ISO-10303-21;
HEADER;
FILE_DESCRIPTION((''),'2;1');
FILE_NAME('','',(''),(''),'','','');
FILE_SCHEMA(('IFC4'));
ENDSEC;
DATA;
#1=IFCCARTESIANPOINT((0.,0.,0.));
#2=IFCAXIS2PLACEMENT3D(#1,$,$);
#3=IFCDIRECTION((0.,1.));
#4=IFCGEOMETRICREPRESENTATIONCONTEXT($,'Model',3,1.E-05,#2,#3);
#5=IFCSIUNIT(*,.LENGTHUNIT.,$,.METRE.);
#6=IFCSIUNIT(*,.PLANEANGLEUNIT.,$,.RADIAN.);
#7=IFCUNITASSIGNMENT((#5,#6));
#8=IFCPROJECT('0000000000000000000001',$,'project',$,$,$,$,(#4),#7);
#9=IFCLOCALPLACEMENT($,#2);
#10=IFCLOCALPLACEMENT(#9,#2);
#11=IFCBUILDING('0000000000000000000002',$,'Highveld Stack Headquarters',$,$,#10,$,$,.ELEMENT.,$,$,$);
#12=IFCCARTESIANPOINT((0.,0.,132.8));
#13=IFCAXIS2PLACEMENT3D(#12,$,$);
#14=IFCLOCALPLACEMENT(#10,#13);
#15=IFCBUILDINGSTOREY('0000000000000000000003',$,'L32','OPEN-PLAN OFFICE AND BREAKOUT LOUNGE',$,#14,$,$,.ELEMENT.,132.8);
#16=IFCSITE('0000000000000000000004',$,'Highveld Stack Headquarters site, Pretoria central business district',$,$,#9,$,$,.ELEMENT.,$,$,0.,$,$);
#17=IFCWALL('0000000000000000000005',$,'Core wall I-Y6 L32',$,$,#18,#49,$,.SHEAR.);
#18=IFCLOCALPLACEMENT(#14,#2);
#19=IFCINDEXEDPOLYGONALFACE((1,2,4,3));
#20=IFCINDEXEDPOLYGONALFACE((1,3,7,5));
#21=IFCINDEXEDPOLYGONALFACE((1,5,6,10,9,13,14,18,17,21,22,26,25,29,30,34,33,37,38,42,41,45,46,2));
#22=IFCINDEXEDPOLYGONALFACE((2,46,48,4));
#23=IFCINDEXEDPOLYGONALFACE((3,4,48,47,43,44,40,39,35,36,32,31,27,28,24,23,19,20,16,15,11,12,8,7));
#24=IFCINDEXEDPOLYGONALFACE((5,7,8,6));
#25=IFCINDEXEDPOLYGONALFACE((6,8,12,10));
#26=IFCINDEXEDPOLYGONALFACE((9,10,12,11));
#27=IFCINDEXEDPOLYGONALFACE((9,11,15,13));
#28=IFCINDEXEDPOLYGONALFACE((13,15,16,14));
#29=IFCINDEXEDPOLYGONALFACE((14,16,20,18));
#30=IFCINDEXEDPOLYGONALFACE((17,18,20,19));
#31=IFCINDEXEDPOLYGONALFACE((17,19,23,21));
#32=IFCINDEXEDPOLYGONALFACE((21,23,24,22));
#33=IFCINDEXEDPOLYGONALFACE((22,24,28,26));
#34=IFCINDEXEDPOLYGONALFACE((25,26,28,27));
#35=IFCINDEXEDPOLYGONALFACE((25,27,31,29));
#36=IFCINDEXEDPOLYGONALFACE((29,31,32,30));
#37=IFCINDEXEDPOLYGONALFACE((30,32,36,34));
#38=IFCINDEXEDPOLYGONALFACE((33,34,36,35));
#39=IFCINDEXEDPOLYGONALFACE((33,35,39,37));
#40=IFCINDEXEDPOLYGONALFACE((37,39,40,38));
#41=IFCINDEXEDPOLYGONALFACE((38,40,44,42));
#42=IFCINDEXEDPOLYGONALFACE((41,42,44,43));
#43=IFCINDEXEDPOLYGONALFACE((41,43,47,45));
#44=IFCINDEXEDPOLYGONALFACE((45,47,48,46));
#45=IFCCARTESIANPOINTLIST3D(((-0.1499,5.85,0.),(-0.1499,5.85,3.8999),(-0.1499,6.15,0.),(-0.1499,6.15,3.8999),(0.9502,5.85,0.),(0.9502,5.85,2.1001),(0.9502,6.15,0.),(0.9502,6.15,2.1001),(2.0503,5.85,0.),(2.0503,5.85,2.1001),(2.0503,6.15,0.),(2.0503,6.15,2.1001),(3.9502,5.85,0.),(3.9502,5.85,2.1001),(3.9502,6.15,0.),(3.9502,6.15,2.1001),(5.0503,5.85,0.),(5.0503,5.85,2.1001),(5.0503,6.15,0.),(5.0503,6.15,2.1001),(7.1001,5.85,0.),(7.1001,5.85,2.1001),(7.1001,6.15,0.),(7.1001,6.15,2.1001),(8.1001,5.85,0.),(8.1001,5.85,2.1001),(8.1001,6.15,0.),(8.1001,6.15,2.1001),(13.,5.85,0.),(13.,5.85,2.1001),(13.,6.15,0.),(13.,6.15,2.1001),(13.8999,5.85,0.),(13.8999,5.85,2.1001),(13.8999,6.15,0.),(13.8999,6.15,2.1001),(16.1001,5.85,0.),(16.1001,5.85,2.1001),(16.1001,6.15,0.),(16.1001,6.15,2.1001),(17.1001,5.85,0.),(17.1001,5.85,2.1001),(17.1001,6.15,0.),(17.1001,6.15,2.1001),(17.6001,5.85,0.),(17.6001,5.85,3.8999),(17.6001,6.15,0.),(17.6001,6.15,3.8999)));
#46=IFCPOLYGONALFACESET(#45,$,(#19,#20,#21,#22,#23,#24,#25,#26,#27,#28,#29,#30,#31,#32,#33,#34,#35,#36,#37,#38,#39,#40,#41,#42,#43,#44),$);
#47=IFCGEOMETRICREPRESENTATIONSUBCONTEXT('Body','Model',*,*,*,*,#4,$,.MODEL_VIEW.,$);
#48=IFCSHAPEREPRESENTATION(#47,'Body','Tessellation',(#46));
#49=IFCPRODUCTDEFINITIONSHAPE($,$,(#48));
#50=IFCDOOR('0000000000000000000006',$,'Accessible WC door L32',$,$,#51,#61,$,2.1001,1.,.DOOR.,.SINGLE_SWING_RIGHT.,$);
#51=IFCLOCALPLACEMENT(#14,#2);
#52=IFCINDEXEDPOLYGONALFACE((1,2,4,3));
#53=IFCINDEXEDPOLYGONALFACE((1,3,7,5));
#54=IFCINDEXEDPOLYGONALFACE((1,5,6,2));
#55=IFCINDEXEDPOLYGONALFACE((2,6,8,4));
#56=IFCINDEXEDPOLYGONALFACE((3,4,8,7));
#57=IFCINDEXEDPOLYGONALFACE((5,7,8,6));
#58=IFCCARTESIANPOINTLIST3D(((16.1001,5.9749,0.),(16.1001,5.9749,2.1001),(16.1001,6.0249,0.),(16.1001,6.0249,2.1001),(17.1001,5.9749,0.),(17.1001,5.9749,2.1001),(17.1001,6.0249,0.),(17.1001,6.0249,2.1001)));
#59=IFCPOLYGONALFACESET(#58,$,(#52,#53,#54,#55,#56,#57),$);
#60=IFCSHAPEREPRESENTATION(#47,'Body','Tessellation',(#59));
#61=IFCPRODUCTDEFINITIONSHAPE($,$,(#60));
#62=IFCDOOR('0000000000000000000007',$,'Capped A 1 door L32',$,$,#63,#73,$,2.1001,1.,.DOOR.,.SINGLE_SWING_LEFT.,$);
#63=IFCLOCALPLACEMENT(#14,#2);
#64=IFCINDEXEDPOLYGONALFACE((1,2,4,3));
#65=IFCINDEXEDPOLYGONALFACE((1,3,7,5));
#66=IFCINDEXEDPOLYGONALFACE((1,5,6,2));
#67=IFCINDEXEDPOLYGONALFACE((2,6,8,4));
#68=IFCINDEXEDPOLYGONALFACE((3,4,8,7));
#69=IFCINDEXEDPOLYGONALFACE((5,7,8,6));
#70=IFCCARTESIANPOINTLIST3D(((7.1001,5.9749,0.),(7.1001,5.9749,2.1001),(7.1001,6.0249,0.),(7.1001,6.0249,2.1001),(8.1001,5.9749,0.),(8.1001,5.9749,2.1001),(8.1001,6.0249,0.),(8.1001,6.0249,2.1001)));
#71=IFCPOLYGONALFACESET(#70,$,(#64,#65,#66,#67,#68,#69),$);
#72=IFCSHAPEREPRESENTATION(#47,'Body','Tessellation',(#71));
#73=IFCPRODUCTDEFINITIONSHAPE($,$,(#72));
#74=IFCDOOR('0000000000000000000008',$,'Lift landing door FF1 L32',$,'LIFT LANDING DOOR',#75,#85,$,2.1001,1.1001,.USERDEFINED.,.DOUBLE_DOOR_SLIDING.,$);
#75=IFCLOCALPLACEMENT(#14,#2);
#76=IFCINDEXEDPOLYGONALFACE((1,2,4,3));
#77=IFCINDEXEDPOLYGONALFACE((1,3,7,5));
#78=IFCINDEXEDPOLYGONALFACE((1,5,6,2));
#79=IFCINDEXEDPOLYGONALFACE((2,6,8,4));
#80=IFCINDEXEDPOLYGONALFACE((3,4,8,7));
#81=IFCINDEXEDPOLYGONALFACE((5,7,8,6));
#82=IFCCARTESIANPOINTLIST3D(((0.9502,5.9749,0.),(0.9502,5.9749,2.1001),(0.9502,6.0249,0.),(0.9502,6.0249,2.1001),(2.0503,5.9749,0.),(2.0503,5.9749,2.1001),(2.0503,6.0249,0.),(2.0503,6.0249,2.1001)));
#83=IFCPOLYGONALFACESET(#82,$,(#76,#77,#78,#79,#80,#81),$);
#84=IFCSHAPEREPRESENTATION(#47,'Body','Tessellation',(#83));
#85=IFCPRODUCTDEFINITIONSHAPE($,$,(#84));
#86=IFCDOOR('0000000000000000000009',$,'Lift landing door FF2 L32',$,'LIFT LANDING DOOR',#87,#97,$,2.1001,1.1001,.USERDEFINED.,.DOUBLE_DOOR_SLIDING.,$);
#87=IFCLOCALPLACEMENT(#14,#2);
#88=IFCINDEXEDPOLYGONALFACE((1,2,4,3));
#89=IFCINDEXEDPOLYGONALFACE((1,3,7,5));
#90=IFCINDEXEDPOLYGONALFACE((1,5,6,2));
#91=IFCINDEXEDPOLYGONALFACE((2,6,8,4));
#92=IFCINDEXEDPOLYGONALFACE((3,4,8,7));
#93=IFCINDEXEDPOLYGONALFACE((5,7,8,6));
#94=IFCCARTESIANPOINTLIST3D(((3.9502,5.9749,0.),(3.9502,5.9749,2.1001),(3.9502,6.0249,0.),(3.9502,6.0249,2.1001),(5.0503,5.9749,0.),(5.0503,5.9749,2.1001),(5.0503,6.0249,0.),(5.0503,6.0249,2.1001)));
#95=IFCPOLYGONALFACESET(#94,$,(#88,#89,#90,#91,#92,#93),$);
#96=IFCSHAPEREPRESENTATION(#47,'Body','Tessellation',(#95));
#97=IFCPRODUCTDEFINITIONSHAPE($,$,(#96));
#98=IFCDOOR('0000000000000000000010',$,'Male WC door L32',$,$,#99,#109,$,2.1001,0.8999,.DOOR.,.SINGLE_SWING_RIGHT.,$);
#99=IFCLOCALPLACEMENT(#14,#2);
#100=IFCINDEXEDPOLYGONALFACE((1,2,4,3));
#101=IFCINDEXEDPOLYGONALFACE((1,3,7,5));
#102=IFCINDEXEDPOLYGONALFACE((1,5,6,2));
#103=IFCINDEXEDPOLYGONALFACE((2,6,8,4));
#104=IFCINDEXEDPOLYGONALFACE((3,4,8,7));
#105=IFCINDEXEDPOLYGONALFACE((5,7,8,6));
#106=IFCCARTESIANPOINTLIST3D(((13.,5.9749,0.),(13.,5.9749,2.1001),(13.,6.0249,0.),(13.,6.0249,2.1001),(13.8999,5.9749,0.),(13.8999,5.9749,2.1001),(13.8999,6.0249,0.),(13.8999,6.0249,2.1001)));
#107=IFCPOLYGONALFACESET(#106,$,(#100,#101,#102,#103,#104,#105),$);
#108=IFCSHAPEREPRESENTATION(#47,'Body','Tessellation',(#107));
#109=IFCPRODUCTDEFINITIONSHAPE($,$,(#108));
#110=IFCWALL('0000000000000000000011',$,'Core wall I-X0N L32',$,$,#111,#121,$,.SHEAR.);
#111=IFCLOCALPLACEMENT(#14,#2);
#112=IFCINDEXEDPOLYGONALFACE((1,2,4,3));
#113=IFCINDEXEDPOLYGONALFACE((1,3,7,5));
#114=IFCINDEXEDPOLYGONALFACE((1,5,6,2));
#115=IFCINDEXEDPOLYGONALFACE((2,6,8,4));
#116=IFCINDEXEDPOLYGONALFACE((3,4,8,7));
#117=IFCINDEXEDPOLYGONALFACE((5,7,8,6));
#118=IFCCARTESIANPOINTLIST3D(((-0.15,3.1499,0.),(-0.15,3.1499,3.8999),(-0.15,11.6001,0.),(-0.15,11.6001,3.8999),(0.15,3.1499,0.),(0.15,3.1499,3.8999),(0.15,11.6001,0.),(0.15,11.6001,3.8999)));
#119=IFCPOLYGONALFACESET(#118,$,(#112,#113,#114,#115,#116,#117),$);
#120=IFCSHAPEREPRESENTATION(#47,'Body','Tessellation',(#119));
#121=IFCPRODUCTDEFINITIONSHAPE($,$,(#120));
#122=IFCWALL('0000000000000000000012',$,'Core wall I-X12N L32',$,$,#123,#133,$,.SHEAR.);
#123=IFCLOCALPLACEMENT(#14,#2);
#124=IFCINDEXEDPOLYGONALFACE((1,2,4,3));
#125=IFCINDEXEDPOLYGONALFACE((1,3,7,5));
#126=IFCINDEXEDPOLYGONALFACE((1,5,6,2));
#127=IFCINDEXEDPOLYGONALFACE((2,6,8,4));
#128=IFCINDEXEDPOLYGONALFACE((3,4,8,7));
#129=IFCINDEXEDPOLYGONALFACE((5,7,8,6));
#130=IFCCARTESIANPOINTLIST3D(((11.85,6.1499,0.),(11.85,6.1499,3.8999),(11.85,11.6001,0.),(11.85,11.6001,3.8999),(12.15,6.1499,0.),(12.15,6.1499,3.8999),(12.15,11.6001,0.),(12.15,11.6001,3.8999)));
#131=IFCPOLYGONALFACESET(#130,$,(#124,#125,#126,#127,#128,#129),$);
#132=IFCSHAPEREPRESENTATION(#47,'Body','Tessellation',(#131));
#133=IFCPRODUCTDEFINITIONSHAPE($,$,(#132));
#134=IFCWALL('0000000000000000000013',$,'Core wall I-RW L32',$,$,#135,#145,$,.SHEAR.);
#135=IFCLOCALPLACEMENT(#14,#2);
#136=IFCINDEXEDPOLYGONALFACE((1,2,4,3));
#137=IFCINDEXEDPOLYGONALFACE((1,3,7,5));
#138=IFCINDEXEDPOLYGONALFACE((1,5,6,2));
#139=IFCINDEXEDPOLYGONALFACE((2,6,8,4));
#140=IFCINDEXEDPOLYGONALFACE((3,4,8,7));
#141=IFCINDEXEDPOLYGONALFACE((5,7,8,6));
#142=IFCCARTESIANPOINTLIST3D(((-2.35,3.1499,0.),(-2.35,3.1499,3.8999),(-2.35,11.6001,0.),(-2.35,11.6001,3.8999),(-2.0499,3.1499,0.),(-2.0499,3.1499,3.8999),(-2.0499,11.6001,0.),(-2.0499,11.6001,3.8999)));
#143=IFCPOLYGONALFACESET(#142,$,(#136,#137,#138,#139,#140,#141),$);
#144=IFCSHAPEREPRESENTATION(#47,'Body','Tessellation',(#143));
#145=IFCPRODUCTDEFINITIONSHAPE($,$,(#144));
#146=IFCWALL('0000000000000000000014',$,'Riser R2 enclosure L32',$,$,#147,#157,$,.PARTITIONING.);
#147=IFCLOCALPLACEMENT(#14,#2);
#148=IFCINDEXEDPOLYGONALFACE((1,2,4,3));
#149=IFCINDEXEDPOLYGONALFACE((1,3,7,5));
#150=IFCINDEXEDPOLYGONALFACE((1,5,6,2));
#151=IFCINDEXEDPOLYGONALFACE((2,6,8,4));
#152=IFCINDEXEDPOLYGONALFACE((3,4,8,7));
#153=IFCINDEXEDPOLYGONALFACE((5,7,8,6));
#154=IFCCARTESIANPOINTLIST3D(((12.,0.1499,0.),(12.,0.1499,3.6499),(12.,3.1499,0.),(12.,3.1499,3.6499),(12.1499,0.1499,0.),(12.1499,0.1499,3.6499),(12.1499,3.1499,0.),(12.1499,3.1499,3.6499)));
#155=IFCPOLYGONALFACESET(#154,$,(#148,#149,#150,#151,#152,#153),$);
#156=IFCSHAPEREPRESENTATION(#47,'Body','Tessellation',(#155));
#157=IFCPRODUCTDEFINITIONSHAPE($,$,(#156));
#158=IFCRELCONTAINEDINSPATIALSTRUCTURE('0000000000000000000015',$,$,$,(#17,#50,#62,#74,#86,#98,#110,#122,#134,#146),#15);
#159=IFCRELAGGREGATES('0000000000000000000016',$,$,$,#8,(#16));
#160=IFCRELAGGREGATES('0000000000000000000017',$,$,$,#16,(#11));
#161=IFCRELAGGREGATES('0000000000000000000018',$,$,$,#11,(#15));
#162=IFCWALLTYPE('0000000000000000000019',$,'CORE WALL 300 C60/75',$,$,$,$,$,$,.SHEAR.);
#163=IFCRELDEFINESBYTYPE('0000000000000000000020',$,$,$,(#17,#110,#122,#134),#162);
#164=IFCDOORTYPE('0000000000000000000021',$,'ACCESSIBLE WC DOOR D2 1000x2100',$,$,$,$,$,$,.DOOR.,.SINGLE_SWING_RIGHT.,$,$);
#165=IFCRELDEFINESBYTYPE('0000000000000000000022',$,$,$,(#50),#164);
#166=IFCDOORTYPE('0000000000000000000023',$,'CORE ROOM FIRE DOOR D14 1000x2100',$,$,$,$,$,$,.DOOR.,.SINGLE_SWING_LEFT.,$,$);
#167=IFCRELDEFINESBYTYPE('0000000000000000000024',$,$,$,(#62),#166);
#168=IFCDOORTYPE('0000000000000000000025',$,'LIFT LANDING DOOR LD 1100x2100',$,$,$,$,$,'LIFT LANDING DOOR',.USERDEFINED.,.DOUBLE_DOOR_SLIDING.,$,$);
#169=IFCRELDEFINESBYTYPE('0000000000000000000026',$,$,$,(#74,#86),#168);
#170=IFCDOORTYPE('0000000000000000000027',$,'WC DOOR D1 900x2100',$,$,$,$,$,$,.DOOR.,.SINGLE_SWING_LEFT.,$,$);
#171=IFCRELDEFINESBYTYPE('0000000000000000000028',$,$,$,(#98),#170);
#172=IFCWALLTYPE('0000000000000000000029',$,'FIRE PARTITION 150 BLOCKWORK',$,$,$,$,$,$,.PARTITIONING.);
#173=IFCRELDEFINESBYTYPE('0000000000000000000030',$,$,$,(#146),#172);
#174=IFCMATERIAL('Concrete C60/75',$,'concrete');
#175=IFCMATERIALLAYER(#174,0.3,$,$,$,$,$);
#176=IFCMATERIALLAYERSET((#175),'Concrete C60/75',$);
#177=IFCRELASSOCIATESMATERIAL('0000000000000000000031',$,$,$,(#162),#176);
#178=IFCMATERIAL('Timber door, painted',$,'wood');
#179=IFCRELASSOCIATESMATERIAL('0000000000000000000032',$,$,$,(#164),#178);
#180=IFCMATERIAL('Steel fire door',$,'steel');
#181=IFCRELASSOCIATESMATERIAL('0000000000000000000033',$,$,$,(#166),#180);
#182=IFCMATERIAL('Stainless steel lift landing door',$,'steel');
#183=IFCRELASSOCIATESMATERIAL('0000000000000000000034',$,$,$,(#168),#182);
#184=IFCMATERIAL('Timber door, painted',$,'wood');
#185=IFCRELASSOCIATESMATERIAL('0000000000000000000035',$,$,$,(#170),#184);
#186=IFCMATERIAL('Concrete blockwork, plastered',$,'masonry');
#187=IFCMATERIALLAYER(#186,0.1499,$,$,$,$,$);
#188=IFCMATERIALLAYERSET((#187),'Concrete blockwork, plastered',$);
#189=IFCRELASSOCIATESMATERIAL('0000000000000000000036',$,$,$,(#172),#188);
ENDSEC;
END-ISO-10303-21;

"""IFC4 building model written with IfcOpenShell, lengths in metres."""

from ifc_helpers import new_model, si_unit, direction, frame, frame_2d, origin, place, context, subcontext, project, spatial, rectangle, extrude, material, layer, layer_set, type_object, element, fill, save


model = new_model("IFC4")

# Units and contexts
model_context = context("Model", 3, precision=1e-05, world=origin(), true_north=direction((0.0, 1.0)))
body_context = subcontext(model_context, "Body", "Model", "MODEL_VIEW")
ifc_project = project(units=[si_unit("LENGTHUNIT", "METRE"), si_unit("PLANEANGLEUNIT", "RADIAN")], contexts=[model_context])

# Site, building, storey
site_placement = place(None, origin())
site = spatial("IfcSite", under=ifc_project, at=site_placement, Name="Highveld Stack Headquarters site, Pretoria central business district", CompositionType="ELEMENT", RefElevation=0.0)
building_placement = place(site_placement, origin())
building = spatial("IfcBuilding", under=site, at=building_placement, Name="Highveld Stack Headquarters", CompositionType="ELEMENT")
storey_placement = place(building_placement, frame((0.0, 0.0, 132.8)))
storey = spatial("IfcBuildingStorey", under=building, at=storey_placement, Name="L32", Description="OPEN-PLAN OFFICE AND BREAKOUT LOUNGE", CompositionType="ELEMENT", Elevation=132.8)

# Wall, openings, doors
ifc_material_1 = material(Name="Concrete C60/75", Category="concrete")
ifc_layer_1 = layer(ifc_material_1, 0.3)
ifc_layer_set_1 = layer_set([ifc_layer_1], Name="Concrete C60/75")
wall_type_1 = type_object("IfcWallType", Name="CORE WALL 300 C60/75", PredefinedType="SHEAR", material=ifc_layer_set_1)
wall_1_placement = place(storey_placement, frame((-0.1499, 6.0, 0.0), z_axis=(0.0, 0.0, 1.0), x_axis=(1.0, 0.0, 0.0)))
wall_1 = element("IfcWall", 1, at=wall_1_placement, inside=storey, type_object=wall_type_1, Name="Core wall I-Y6 L32", PredefinedType="SHEAR", context=body_context, shape_type="SweptSolid", body=[
    extrude(rectangle(XDim=17.75, YDim=0.3, at=frame_2d((8.875, 0.0))), origin(), (0.0, 0.0, 1.0), 3.8999),
])
opening_1_placement = place(wall_1_placement, frame((13.1499, 0.0, 0.0)))
opening_1 = element("IfcOpeningElement", 2, at=opening_1_placement, cuts=wall_1, PredefinedType="OPENING", context=body_context, shape_type="SweptSolid", body=[
    extrude(rectangle(XDim=0.8999, YDim=2.1001, at=frame_2d((0.45, 1.05))), frame((0.0, 0.1599, 0.0), z_axis=(0.0, -1.0, 0.0), x_axis=(1.0, 0.0, 0.0)), (0.0, 0.0, 1.0), 0.3201),
])
opening_2_placement = place(wall_1_placement, frame((16.25, 0.0, 0.0)))
opening_2 = element("IfcOpeningElement", 3, at=opening_2_placement, cuts=wall_1, PredefinedType="OPENING", context=body_context, shape_type="SweptSolid", body=[
    extrude(rectangle(XDim=1.0, YDim=2.1001, at=frame_2d((0.5, 1.05))), frame((0.0, 0.1599, 0.0), z_axis=(0.0, -1.0, 0.0), x_axis=(1.0, 0.0, 0.0)), (0.0, 0.0, 1.0), 0.3201),
])
opening_3_placement = place(wall_1_placement, frame((7.25, 0.0, 0.0)))
opening_3 = element("IfcOpeningElement", 4, at=opening_3_placement, cuts=wall_1, PredefinedType="OPENING", context=body_context, shape_type="SweptSolid", body=[
    extrude(rectangle(XDim=1.0, YDim=2.1001, at=frame_2d((0.5, 1.05))), frame((0.0, 0.1599, 0.0), z_axis=(0.0, -1.0, 0.0), x_axis=(1.0, 0.0, 0.0)), (0.0, 0.0, 1.0), 0.3201),
])
opening_4_placement = place(wall_1_placement, frame((1.1001, 0.0, 0.0)))
opening_4 = element("IfcOpeningElement", 5, at=opening_4_placement, cuts=wall_1, PredefinedType="OPENING", context=body_context, shape_type="SweptSolid", body=[
    extrude(rectangle(XDim=1.1001, YDim=2.1001, at=frame_2d((0.55, 1.05))), frame((0.0, 0.1599, 0.0), z_axis=(0.0, -1.0, 0.0), x_axis=(1.0, 0.0, 0.0)), (0.0, 0.0, 1.0), 0.3201),
])
opening_5_placement = place(wall_1_placement, frame((4.1001, 0.0, 0.0)))
opening_5 = element("IfcOpeningElement", 6, at=opening_5_placement, cuts=wall_1, PredefinedType="OPENING", context=body_context, shape_type="SweptSolid", body=[
    extrude(rectangle(XDim=1.1001, YDim=2.1001, at=frame_2d((0.55, 1.05))), frame((0.0, 0.1599, 0.0), z_axis=(0.0, -1.0, 0.0), x_axis=(1.0, 0.0, 0.0)), (0.0, 0.0, 1.0), 0.3201),
])
ifc_material_2 = material(Name="Timber door, painted", Category="wood")
door_type_1 = type_object("IfcDoorType", Name="ACCESSIBLE WC DOOR D2 1000x2100", OperationType="SINGLE_SWING_RIGHT", PredefinedType="DOOR", material=ifc_material_2)
door_1_placement = place(opening_2_placement, origin())
door_1 = element("IfcDoor", 7, at=door_1_placement, inside=storey, type_object=door_type_1, Name="Accessible WC door L32", OperationType="SINGLE_SWING_RIGHT", OverallHeight=2.1001, OverallWidth=1.0, PredefinedType="DOOR", context=body_context, shape_type="SweptSolid", body=[
    extrude(rectangle(XDim=1.0, YDim=2.1001, at=frame_2d((0.5, 1.05))), frame((0.0, 0.0249, 0.0), z_axis=(0.0, -1.0, 0.0), x_axis=(1.0, 0.0, 0.0)), (0.0, 0.0, 1.0), 0.05),
])
fill(opening_2, door_1)
ifc_material_3 = material(Name="Steel fire door", Category="steel")
door_type_2 = type_object("IfcDoorType", Name="CORE ROOM FIRE DOOR D14 1000x2100", OperationType="SINGLE_SWING_LEFT", PredefinedType="DOOR", material=ifc_material_3)
door_2_placement = place(opening_3_placement, origin())
door_2 = element("IfcDoor", 8, at=door_2_placement, inside=storey, type_object=door_type_2, Name="Capped A 1 door L32", OperationType="SINGLE_SWING_LEFT", OverallHeight=2.1001, OverallWidth=1.0, PredefinedType="DOOR", context=body_context, shape_type="SweptSolid", body=[
    extrude(rectangle(XDim=1.0, YDim=2.1001, at=frame_2d((0.5, 1.05))), frame((0.0, 0.0249, 0.0), z_axis=(0.0, -1.0, 0.0), x_axis=(1.0, 0.0, 0.0)), (0.0, 0.0, 1.0), 0.05),
])
fill(opening_3, door_2)
ifc_material_4 = material(Name="Stainless steel lift landing door", Category="steel")
door_type_3 = type_object("IfcDoorType", Name="LIFT LANDING DOOR LD 1100x2100", ElementType="LIFT LANDING DOOR", OperationType="DOUBLE_DOOR_SLIDING", PredefinedType="USERDEFINED", material=ifc_material_4)
door_3_placement = place(opening_4_placement, origin())
door_3 = element("IfcDoor", 9, at=door_3_placement, inside=storey, type_object=door_type_3, Name="Lift landing door FF1 L32", ObjectType="LIFT LANDING DOOR", OperationType="DOUBLE_DOOR_SLIDING", OverallHeight=2.1001, OverallWidth=1.1001, PredefinedType="USERDEFINED", context=body_context, shape_type="SweptSolid", body=[
    extrude(rectangle(XDim=1.1001, YDim=2.1001, at=frame_2d((0.55, 1.05))), frame((0.0, 0.0249, 0.0), z_axis=(0.0, -1.0, 0.0), x_axis=(1.0, 0.0, 0.0)), (0.0, 0.0, 1.0), 0.05),
])
fill(opening_4, door_3)
door_4_placement = place(opening_5_placement, origin())
door_4 = element("IfcDoor", 10, at=door_4_placement, inside=storey, type_object=door_type_3, Name="Lift landing door FF2 L32", ObjectType="LIFT LANDING DOOR", OperationType="DOUBLE_DOOR_SLIDING", OverallHeight=2.1001, OverallWidth=1.1001, PredefinedType="USERDEFINED", context=body_context, shape_type="SweptSolid", body=[
    extrude(rectangle(XDim=1.1001, YDim=2.1001, at=frame_2d((0.55, 1.05))), frame((0.0, 0.0249, 0.0), z_axis=(0.0, -1.0, 0.0), x_axis=(1.0, 0.0, 0.0)), (0.0, 0.0, 1.0), 0.05),
])
fill(opening_5, door_4)
ifc_material_5 = material(Name="Timber door, painted", Category="wood")
door_type_4 = type_object("IfcDoorType", Name="WC DOOR D1 900x2100", OperationType="SINGLE_SWING_LEFT", PredefinedType="DOOR", material=ifc_material_5)
door_5_placement = place(opening_1_placement, origin())
door_5 = element("IfcDoor", 11, at=door_5_placement, inside=storey, type_object=door_type_4, Name="Male WC door L32", OperationType="SINGLE_SWING_RIGHT", OverallHeight=2.1001, OverallWidth=0.8999, PredefinedType="DOOR", context=body_context, shape_type="SweptSolid", body=[
    extrude(rectangle(XDim=0.8999, YDim=2.1001, at=frame_2d((0.45, 1.05))), frame((0.0, 0.0249, 0.0), z_axis=(0.0, -1.0, 0.0), x_axis=(1.0, 0.0, 0.0)), (0.0, 0.0, 1.0), 0.05),
])
fill(opening_1, door_5)

# Walls
wall_2_placement = place(storey_placement, frame((0.0, 3.1499, 0.0), z_axis=(0.0, 0.0, 1.0), x_axis=(0.0, 1.0, 0.0)))
element("IfcWall", 12, at=wall_2_placement, inside=storey, type_object=wall_type_1, Name="Core wall I-X0N L32", PredefinedType="SHEAR", context=body_context, shape_type="SweptSolid", body=[
    extrude(rectangle(XDim=8.4502, YDim=0.3, at=frame_2d((4.2251, 0.0))), origin(), (0.0, 0.0, 1.0), 3.8999),
])
wall_3_placement = place(storey_placement, frame((12.0, 6.1499, 0.0), z_axis=(0.0, 0.0, 1.0), x_axis=(0.0, 1.0, 0.0)))
element("IfcWall", 13, at=wall_3_placement, inside=storey, type_object=wall_type_1, Name="Core wall I-X12N L32", PredefinedType="SHEAR", context=body_context, shape_type="SweptSolid", body=[
    extrude(rectangle(XDim=5.4502, YDim=0.3, at=frame_2d((2.7251, 0.0))), origin(), (0.0, 0.0, 1.0), 3.8999),
])
wall_4_placement = place(storey_placement, frame((-2.2, 3.1499, 0.0), z_axis=(0.0, 0.0, 1.0), x_axis=(0.0, 1.0, 0.0)))
element("IfcWall", 14, at=wall_4_placement, inside=storey, type_object=wall_type_1, Name="Core wall I-RW L32", PredefinedType="SHEAR", context=body_context, shape_type="SweptSolid", body=[
    extrude(rectangle(XDim=8.4502, YDim=0.3, at=frame_2d((4.2251, 0.0))), origin(), (0.0, 0.0, 1.0), 3.8999),
])
ifc_material_6 = material(Name="Concrete blockwork, plastered", Category="masonry")
ifc_layer_2 = layer(ifc_material_6, 0.1499)
ifc_layer_set_2 = layer_set([ifc_layer_2], Name="Concrete blockwork, plastered")
wall_type_2 = type_object("IfcWallType", Name="FIRE PARTITION 150 BLOCKWORK", PredefinedType="PARTITIONING", material=ifc_layer_set_2)
wall_5_placement = place(storey_placement, frame((12.075, 0.1499, 0.0), z_axis=(0.0, 0.0, 1.0), x_axis=(0.0, 1.0, 0.0)))
element("IfcWall", 15, at=wall_5_placement, inside=storey, type_object=wall_type_2, Name="Riser R2 enclosure L32", PredefinedType="PARTITIONING", context=body_context, shape_type="SweptSolid", body=[
    extrude(rectangle(XDim=3.0, YDim=0.1499, at=frame_2d((1.5, 0.0))), origin(), (0.0, 0.0, 1.0), 3.6499),
])

save(model, "model.ifc")
